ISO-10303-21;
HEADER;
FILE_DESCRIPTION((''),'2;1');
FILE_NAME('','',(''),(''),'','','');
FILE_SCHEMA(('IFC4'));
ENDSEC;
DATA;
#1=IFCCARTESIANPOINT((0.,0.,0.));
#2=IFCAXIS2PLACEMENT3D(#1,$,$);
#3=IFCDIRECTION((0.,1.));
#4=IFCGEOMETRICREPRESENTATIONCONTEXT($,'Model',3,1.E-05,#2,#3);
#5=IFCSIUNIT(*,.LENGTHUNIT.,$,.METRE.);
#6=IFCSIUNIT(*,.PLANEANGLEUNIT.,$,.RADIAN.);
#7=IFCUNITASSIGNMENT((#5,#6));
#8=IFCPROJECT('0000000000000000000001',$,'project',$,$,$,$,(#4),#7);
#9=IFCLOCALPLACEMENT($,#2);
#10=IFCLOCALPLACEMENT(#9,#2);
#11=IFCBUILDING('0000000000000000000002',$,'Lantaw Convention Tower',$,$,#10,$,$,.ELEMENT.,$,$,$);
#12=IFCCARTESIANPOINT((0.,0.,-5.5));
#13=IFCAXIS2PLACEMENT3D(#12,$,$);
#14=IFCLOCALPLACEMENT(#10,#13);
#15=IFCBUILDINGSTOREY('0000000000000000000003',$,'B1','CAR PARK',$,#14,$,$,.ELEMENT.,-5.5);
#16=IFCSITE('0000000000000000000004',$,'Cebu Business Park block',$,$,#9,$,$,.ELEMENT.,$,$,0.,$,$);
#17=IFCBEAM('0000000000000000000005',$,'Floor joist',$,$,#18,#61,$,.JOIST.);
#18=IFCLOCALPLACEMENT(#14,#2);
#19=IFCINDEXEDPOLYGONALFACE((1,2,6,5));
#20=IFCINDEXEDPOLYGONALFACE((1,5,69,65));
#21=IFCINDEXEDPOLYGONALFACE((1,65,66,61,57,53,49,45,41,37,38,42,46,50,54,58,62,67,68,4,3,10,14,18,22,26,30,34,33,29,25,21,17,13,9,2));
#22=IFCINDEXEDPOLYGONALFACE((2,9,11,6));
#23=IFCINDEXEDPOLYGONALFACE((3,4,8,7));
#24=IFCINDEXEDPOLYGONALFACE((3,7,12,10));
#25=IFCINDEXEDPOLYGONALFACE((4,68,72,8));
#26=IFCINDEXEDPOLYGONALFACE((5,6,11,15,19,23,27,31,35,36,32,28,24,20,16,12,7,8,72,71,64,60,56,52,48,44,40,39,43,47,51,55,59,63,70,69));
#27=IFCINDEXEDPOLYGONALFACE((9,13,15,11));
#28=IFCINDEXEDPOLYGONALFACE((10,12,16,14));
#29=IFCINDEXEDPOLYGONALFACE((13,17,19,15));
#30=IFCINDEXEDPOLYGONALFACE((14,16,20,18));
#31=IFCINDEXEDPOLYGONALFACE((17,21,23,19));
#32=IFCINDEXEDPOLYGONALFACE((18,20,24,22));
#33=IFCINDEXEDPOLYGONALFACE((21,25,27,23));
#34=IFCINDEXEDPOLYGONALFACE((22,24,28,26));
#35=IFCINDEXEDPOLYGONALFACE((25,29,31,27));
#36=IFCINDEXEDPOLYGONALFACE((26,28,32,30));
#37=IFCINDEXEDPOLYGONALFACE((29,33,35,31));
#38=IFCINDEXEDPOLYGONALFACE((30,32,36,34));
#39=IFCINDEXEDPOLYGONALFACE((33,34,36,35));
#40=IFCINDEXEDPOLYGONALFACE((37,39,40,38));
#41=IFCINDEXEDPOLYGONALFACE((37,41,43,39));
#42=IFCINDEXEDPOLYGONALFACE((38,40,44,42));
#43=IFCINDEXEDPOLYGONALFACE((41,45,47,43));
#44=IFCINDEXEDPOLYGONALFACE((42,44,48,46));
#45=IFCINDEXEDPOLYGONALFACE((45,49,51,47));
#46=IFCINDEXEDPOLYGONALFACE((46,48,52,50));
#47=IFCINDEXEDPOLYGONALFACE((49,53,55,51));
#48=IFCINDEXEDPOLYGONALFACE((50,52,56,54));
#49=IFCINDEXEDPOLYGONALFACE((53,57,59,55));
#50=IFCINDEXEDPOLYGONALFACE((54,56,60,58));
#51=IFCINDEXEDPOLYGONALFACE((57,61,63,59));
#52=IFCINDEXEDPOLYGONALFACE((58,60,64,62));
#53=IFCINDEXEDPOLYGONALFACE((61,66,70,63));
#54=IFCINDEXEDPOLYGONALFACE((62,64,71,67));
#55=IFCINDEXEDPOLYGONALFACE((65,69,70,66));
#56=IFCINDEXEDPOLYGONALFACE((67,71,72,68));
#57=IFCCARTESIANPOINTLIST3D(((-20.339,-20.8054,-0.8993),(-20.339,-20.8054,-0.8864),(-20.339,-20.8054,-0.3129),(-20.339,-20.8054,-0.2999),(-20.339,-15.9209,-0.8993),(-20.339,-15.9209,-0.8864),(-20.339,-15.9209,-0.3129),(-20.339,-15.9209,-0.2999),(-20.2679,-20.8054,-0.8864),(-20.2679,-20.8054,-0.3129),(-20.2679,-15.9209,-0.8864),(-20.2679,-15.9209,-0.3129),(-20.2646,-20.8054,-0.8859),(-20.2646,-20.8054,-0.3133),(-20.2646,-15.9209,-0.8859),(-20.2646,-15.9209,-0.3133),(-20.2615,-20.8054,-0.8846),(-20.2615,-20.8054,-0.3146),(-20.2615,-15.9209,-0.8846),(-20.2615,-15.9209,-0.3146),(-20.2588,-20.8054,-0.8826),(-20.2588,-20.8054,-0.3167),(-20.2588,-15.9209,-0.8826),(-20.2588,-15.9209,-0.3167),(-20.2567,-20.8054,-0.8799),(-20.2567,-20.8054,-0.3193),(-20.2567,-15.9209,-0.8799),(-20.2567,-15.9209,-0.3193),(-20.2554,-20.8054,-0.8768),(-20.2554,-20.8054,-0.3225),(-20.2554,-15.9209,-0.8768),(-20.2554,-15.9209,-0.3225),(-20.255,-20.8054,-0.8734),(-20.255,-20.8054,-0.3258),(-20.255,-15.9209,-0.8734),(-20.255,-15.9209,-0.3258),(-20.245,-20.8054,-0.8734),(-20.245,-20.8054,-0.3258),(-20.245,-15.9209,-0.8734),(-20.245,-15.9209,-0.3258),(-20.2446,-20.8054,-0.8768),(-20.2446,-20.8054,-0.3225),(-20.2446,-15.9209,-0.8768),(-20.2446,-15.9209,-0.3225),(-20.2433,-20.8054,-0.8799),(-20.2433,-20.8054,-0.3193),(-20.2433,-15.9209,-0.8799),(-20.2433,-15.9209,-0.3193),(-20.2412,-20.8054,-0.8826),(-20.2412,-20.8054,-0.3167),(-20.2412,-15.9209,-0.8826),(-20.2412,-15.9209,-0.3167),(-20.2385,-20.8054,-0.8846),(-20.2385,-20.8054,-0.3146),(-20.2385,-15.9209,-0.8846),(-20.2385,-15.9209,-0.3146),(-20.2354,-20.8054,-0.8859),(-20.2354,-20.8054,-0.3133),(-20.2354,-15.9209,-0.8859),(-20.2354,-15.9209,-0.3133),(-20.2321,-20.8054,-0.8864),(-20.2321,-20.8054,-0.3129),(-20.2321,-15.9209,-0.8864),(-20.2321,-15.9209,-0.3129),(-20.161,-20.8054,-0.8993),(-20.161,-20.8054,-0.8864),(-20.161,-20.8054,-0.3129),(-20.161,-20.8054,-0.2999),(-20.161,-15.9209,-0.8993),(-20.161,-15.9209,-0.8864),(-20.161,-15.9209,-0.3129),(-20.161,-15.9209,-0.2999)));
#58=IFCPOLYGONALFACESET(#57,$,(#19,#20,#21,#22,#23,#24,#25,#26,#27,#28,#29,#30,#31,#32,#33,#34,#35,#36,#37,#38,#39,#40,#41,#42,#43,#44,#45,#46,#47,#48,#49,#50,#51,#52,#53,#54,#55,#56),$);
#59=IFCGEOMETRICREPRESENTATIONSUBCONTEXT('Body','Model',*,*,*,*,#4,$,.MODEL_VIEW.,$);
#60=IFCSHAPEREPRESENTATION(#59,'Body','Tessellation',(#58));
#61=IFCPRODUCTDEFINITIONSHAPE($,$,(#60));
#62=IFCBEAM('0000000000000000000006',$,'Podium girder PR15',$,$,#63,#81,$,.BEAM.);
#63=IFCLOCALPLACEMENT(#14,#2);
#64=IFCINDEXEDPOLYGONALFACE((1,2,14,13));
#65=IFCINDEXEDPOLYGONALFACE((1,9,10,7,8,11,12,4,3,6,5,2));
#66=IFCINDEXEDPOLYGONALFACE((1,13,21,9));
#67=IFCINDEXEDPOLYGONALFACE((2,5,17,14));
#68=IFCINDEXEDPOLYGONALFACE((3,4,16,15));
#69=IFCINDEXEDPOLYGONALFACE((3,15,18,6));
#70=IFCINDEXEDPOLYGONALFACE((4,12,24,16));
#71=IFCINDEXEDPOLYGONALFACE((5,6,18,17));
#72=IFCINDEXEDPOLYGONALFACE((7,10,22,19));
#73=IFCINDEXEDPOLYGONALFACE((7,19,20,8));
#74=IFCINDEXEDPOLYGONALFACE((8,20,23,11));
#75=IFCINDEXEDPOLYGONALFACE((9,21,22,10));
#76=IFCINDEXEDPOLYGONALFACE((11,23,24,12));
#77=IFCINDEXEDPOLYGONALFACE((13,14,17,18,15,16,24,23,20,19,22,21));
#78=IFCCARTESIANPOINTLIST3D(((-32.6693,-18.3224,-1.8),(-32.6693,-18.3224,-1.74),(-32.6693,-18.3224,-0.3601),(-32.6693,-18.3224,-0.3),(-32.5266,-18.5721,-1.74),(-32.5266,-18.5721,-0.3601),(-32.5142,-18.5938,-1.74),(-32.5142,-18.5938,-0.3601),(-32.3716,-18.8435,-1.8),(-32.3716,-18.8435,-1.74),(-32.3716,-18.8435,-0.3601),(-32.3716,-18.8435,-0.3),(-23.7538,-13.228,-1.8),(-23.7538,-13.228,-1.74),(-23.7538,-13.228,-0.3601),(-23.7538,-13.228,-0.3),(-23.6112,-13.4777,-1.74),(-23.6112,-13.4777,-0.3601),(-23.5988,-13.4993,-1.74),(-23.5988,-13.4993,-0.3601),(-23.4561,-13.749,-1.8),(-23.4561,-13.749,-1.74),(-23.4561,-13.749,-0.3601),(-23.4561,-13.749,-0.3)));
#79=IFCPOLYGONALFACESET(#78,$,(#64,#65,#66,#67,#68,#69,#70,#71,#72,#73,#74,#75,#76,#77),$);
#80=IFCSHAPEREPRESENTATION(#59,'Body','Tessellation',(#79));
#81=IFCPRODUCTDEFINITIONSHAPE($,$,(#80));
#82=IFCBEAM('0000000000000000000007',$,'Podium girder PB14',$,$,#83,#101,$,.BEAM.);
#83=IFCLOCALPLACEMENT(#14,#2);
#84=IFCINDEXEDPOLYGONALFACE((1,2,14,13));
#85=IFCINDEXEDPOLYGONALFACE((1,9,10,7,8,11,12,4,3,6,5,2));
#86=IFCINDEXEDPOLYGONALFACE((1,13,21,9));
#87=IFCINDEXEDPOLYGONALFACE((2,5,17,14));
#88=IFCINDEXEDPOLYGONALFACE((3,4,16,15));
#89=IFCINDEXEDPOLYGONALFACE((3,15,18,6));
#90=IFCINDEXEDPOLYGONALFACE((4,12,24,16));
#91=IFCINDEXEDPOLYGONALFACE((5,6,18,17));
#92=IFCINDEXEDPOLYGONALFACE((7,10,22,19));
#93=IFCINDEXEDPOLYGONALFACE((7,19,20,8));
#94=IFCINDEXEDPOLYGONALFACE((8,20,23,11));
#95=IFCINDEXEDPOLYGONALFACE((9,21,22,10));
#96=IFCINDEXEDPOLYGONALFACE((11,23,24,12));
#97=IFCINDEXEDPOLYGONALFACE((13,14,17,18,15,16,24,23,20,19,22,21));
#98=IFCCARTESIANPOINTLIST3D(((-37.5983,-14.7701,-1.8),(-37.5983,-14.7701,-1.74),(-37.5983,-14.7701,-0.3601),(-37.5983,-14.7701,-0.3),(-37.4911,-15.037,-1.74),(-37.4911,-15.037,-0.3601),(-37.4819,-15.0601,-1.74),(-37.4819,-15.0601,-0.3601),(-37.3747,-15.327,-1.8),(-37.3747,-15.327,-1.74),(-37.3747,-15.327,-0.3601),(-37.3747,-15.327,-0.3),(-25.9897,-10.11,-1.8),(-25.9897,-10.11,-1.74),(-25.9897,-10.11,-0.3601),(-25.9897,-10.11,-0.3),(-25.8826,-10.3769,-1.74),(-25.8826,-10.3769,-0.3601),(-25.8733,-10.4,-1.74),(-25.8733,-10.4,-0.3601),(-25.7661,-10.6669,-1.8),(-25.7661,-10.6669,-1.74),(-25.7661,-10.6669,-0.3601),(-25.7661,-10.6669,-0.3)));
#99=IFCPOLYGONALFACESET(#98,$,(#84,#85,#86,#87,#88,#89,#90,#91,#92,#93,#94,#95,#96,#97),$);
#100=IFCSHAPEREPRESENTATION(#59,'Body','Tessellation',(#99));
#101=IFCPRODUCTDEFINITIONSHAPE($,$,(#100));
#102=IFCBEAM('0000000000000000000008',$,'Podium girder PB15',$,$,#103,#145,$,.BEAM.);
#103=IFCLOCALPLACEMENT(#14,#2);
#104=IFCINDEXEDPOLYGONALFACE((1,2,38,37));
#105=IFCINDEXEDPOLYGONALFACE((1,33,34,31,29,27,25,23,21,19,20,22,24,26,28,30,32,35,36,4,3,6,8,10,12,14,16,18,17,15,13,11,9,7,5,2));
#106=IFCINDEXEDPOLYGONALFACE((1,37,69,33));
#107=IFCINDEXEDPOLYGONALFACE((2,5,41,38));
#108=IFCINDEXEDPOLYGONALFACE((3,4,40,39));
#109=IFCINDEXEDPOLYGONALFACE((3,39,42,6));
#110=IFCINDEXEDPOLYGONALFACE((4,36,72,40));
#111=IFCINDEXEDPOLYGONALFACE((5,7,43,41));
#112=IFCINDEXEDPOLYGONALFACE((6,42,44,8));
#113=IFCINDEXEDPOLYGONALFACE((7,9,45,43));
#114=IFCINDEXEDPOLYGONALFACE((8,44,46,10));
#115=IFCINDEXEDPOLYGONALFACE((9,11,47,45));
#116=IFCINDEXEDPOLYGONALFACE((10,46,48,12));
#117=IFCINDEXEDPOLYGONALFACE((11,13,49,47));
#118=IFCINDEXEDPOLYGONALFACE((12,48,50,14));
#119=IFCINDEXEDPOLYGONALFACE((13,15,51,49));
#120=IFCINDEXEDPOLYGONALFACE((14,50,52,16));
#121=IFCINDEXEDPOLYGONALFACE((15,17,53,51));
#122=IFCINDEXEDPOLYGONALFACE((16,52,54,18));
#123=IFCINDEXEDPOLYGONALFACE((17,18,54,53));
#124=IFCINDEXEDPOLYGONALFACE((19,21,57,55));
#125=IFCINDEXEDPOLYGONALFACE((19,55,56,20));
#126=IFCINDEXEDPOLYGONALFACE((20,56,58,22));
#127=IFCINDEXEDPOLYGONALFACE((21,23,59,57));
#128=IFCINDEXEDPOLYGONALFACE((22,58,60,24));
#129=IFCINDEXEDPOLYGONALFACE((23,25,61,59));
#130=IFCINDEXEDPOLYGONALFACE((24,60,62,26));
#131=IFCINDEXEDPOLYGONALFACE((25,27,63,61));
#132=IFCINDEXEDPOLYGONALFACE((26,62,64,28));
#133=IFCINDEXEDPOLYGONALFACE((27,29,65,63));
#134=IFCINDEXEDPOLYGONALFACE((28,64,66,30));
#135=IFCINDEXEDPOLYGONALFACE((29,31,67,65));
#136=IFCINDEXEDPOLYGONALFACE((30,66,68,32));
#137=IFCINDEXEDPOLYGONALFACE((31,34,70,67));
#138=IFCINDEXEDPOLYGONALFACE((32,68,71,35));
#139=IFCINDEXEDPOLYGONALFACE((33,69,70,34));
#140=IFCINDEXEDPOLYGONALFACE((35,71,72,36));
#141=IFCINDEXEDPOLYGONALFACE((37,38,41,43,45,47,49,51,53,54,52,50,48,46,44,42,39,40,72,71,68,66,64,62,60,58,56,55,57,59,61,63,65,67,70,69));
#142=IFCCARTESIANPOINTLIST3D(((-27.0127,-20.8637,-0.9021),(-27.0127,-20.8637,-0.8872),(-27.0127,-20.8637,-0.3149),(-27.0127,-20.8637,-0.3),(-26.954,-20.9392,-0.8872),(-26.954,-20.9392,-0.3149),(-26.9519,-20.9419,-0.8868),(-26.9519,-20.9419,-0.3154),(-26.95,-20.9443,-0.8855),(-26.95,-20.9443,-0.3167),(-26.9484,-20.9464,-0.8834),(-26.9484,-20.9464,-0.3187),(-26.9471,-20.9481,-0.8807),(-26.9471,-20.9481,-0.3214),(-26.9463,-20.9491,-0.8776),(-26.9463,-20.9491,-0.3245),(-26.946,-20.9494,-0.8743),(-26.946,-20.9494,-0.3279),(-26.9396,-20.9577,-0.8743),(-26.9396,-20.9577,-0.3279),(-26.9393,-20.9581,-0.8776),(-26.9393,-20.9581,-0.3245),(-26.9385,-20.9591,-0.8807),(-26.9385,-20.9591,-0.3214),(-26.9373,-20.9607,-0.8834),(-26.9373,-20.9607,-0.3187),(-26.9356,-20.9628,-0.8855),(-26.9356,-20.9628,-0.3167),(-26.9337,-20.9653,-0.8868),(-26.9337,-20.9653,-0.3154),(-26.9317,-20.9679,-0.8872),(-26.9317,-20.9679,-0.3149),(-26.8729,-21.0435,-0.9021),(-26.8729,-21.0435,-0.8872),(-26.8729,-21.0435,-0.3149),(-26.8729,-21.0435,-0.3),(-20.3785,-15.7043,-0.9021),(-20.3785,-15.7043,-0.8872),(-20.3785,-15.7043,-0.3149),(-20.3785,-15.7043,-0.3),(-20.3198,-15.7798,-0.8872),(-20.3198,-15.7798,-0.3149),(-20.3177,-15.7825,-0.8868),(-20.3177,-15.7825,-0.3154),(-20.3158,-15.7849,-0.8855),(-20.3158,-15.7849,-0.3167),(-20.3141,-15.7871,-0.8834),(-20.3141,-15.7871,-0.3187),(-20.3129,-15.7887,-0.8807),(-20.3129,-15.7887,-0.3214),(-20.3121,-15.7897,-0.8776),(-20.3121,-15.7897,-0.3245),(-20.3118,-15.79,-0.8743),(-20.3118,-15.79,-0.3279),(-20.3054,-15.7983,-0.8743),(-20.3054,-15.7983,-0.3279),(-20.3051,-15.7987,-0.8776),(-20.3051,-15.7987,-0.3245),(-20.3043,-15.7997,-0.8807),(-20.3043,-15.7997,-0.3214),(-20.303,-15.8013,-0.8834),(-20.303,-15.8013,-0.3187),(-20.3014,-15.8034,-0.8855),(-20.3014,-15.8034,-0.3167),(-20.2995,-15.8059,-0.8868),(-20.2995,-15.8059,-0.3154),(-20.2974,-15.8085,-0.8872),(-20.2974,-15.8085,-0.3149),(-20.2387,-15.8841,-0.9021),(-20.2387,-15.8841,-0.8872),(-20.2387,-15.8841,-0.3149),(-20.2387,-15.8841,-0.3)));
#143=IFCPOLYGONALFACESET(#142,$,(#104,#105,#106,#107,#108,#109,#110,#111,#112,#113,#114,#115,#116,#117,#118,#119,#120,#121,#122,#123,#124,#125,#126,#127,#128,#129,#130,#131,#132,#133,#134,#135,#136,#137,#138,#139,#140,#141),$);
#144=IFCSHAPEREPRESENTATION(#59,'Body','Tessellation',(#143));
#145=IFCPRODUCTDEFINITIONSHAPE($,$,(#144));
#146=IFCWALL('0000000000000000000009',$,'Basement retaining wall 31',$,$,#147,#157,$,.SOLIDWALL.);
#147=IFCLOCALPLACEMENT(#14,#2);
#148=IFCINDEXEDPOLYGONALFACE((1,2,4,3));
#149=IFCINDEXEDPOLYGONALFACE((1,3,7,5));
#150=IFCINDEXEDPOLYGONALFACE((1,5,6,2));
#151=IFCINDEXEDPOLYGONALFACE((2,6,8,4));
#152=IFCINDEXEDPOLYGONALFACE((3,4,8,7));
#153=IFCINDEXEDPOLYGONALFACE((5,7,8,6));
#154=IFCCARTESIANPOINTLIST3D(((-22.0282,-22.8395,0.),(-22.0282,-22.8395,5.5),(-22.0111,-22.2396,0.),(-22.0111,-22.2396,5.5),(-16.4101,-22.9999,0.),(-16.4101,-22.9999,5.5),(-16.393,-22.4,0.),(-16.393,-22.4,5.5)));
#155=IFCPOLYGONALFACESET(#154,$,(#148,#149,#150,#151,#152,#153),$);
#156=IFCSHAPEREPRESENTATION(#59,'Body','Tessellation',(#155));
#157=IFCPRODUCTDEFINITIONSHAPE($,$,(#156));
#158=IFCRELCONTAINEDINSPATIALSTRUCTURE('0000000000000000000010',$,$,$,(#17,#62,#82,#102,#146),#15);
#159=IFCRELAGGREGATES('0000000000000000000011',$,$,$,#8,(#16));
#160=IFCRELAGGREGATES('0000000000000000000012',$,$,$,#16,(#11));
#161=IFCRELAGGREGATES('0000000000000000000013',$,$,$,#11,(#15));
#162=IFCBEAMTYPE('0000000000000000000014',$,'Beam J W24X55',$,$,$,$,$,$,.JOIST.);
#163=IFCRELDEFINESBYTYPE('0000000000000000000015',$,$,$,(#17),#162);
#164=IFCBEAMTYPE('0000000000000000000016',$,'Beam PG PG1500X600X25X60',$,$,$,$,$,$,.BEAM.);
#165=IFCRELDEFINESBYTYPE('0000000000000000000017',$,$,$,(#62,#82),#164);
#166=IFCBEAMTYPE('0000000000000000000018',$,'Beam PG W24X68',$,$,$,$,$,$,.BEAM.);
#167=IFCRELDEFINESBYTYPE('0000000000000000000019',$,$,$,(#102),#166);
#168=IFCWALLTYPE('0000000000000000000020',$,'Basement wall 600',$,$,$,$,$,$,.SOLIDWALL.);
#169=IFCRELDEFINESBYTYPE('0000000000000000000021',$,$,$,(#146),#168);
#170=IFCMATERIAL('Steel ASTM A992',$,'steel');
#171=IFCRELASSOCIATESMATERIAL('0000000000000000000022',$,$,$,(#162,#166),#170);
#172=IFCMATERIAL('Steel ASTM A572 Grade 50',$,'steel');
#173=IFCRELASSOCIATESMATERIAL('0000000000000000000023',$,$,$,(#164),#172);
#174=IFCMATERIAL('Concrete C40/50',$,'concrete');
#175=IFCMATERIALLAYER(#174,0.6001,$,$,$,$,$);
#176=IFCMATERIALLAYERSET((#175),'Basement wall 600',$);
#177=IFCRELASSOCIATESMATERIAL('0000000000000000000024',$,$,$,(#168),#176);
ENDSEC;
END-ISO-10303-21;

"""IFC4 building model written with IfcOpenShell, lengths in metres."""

from ifc_helpers import new_model, si_unit, direction, frame, frame_2d, origin, origin_2d, place, context, subcontext, project, spatial, rectangle, i_section, extrude, material, layer, layer_set, material_profile, profile_set, type_object, element, save


model = new_model("IFC4")

# Units and contexts
model_context = context("Model", 3, precision=1e-05, world=origin(), true_north=direction((0.0, 1.0)))
body_context = subcontext(model_context, "Body", "Model", "MODEL_VIEW")
ifc_project = project(units=[si_unit("LENGTHUNIT", "METRE"), si_unit("PLANEANGLEUNIT", "RADIAN")], contexts=[model_context])

# Site, building, storey
site_placement = place(None, origin())
site = spatial("IfcSite", under=ifc_project, at=site_placement, Name="Cebu Business Park block", CompositionType="ELEMENT", RefElevation=0.0)
building_placement = place(site_placement, origin())
building = spatial("IfcBuilding", under=site, at=building_placement, Name="Lantaw Convention Tower", CompositionType="ELEMENT")
storey_placement = place(building_placement, frame((0.0, 0.0, -5.5)))
storey = spatial("IfcBuildingStorey", under=building, at=storey_placement, Name="B1", Description="CAR PARK", CompositionType="ELEMENT", Elevation=-5.5)

# Shared definitions
ifc_material_1 = material(Name="Steel ASTM A572 Grade 50", Category="steel")

# Beams
ifc_material_2 = material(Name="Steel ASTM A992", Category="steel")
ifc_material_profile_1 = material_profile(ifc_material_2, i_section(OverallWidth=0.178, OverallDepth=0.5994, WebThickness=0.01, FlangeThickness=0.0129, FilletRadius=0.0129, at=origin_2d()), Name="W24X55")
ifc_profile_set_1 = profile_set([ifc_material_profile_1], Name="Steel ASTM A992")
beam_type_1 = type_object("IfcBeamType", Name="Beam J W24X55", PredefinedType="JOIST", material=ifc_profile_set_1)
beam_1_placement = place(storey_placement, frame((-20.25, -20.8054, -0.5996), z_axis=(0.0, 1.0, 0.0), x_axis=(-1.0, 0.0, 0.0)))
element("IfcBeam", 1, at=beam_1_placement, inside=storey, type_object=beam_type_1, Name="Floor joist", PredefinedType="JOIST", context=body_context, shape_type="SweptSolid", body=[
    extrude(i_section(OverallWidth=0.178, OverallDepth=0.5994, WebThickness=0.01, FlangeThickness=0.0129, FilletRadius=0.0129, at=origin_2d()), origin(), (0.0, 0.0, 1.0), 4.8845),
])
ifc_material_profile_2 = material_profile(ifc_material_1, i_section(OverallWidth=0.6001, OverallDepth=1.5, WebThickness=0.0249, FlangeThickness=0.0601, at=origin_2d()), Name="PG1500X600X25X60")
ifc_profile_set_2 = profile_set([ifc_material_profile_2], Name="Steel ASTM A572 Grade 50")
beam_type_2 = type_object("IfcBeamType", Name="Beam PG PG1500X600X25X60", PredefinedType="BEAM", material=ifc_profile_set_2)
beam_2_placement = place(storey_placement, frame((-23.605, -13.4885, -1.05), z_axis=(-0.868248, -0.496131, 0.0), x_axis=(0.496131, -0.868248, 0.0)))
element("IfcBeam", 2, at=beam_2_placement, inside=storey, type_object=beam_type_2, Name="Podium girder PR15", PredefinedType="BEAM", context=body_context, shape_type="SweptSolid", body=[
    extrude(i_section(OverallWidth=0.6001, OverallDepth=1.5, WebThickness=0.0249, FlangeThickness=0.0601, at=origin_2d()), origin(), (0.0, 0.0, 1.0), 10.2683),
])
beam_3_placement = place(storey_placement, frame((-25.8779, -10.3884, -1.05), z_axis=(-0.928016, -0.372541, 0.0), x_axis=(0.372541, -0.928016, 0.0)))
element("IfcBeam", 3, at=beam_3_placement, inside=storey, type_object=beam_type_2, Name="Podium girder PB14", PredefinedType="BEAM", context=body_context, shape_type="SweptSolid", body=[
    extrude(i_section(OverallWidth=0.6001, OverallDepth=1.5, WebThickness=0.0249, FlangeThickness=0.0601, at=origin_2d()), origin(), (0.0, 0.0, 1.0), 12.509),
])
ifc_material_profile_3 = material_profile(ifc_material_2, i_section(OverallWidth=0.2278, OverallDepth=0.6021, WebThickness=0.0105, FlangeThickness=0.0149, FilletRadius=0.0129, at=origin_2d()), Name="W24X68")
ifc_profile_set_3 = profile_set([ifc_material_profile_3], Name="Steel ASTM A992")
beam_type_3 = type_object("IfcBeamType", Name="Beam PG W24X68", PredefinedType="BEAM", material=ifc_profile_set_3)
beam_4_placement = place(storey_placement, frame((-20.3086, -15.7942, -0.6011), z_axis=(-0.789385, -0.613898, 0.0), x_axis=(0.613898, -0.789385, 0.0)))
element("IfcBeam", 4, at=beam_4_placement, inside=storey, type_object=beam_type_3, Name="Podium girder PB15", PredefinedType="BEAM", context=body_context, shape_type="SweptSolid", body=[
    extrude(i_section(OverallWidth=0.2278, OverallDepth=0.6021, WebThickness=0.0105, FlangeThickness=0.0149, FilletRadius=0.0129, at=origin_2d()), origin(), (0.0, 0.0, 1.0), 8.4043),
])

# Wall
ifc_material_3 = material(Name="Concrete C40/50", Category="concrete")
ifc_layer_1 = layer(ifc_material_3, 0.6001)
ifc_layer_set_1 = layer_set([ifc_layer_1], Name="Basement wall 600")
wall_type_1 = type_object("IfcWallType", Name="Basement wall 600", PredefinedType="SOLIDWALL", material=ifc_layer_set_1)
wall_1_placement = place(storey_placement, frame((-22.0195, -22.5396, 0.0), z_axis=(0.0, 0.0, 1.0), x_axis=(0.999593, -0.028539, 0.0)))
element("IfcWall", 5, at=wall_1_placement, inside=storey, type_object=wall_type_1, Name="Basement retaining wall 31", PredefinedType="SOLIDWALL", context=body_context, shape_type="SweptSolid", body=[
    extrude(rectangle(XDim=5.6204, YDim=0.6001, at=frame_2d((2.8101, 0.0))), origin(), (0.0, 0.0, 1.0), 5.5),
])

save(model, "model.ifc")
